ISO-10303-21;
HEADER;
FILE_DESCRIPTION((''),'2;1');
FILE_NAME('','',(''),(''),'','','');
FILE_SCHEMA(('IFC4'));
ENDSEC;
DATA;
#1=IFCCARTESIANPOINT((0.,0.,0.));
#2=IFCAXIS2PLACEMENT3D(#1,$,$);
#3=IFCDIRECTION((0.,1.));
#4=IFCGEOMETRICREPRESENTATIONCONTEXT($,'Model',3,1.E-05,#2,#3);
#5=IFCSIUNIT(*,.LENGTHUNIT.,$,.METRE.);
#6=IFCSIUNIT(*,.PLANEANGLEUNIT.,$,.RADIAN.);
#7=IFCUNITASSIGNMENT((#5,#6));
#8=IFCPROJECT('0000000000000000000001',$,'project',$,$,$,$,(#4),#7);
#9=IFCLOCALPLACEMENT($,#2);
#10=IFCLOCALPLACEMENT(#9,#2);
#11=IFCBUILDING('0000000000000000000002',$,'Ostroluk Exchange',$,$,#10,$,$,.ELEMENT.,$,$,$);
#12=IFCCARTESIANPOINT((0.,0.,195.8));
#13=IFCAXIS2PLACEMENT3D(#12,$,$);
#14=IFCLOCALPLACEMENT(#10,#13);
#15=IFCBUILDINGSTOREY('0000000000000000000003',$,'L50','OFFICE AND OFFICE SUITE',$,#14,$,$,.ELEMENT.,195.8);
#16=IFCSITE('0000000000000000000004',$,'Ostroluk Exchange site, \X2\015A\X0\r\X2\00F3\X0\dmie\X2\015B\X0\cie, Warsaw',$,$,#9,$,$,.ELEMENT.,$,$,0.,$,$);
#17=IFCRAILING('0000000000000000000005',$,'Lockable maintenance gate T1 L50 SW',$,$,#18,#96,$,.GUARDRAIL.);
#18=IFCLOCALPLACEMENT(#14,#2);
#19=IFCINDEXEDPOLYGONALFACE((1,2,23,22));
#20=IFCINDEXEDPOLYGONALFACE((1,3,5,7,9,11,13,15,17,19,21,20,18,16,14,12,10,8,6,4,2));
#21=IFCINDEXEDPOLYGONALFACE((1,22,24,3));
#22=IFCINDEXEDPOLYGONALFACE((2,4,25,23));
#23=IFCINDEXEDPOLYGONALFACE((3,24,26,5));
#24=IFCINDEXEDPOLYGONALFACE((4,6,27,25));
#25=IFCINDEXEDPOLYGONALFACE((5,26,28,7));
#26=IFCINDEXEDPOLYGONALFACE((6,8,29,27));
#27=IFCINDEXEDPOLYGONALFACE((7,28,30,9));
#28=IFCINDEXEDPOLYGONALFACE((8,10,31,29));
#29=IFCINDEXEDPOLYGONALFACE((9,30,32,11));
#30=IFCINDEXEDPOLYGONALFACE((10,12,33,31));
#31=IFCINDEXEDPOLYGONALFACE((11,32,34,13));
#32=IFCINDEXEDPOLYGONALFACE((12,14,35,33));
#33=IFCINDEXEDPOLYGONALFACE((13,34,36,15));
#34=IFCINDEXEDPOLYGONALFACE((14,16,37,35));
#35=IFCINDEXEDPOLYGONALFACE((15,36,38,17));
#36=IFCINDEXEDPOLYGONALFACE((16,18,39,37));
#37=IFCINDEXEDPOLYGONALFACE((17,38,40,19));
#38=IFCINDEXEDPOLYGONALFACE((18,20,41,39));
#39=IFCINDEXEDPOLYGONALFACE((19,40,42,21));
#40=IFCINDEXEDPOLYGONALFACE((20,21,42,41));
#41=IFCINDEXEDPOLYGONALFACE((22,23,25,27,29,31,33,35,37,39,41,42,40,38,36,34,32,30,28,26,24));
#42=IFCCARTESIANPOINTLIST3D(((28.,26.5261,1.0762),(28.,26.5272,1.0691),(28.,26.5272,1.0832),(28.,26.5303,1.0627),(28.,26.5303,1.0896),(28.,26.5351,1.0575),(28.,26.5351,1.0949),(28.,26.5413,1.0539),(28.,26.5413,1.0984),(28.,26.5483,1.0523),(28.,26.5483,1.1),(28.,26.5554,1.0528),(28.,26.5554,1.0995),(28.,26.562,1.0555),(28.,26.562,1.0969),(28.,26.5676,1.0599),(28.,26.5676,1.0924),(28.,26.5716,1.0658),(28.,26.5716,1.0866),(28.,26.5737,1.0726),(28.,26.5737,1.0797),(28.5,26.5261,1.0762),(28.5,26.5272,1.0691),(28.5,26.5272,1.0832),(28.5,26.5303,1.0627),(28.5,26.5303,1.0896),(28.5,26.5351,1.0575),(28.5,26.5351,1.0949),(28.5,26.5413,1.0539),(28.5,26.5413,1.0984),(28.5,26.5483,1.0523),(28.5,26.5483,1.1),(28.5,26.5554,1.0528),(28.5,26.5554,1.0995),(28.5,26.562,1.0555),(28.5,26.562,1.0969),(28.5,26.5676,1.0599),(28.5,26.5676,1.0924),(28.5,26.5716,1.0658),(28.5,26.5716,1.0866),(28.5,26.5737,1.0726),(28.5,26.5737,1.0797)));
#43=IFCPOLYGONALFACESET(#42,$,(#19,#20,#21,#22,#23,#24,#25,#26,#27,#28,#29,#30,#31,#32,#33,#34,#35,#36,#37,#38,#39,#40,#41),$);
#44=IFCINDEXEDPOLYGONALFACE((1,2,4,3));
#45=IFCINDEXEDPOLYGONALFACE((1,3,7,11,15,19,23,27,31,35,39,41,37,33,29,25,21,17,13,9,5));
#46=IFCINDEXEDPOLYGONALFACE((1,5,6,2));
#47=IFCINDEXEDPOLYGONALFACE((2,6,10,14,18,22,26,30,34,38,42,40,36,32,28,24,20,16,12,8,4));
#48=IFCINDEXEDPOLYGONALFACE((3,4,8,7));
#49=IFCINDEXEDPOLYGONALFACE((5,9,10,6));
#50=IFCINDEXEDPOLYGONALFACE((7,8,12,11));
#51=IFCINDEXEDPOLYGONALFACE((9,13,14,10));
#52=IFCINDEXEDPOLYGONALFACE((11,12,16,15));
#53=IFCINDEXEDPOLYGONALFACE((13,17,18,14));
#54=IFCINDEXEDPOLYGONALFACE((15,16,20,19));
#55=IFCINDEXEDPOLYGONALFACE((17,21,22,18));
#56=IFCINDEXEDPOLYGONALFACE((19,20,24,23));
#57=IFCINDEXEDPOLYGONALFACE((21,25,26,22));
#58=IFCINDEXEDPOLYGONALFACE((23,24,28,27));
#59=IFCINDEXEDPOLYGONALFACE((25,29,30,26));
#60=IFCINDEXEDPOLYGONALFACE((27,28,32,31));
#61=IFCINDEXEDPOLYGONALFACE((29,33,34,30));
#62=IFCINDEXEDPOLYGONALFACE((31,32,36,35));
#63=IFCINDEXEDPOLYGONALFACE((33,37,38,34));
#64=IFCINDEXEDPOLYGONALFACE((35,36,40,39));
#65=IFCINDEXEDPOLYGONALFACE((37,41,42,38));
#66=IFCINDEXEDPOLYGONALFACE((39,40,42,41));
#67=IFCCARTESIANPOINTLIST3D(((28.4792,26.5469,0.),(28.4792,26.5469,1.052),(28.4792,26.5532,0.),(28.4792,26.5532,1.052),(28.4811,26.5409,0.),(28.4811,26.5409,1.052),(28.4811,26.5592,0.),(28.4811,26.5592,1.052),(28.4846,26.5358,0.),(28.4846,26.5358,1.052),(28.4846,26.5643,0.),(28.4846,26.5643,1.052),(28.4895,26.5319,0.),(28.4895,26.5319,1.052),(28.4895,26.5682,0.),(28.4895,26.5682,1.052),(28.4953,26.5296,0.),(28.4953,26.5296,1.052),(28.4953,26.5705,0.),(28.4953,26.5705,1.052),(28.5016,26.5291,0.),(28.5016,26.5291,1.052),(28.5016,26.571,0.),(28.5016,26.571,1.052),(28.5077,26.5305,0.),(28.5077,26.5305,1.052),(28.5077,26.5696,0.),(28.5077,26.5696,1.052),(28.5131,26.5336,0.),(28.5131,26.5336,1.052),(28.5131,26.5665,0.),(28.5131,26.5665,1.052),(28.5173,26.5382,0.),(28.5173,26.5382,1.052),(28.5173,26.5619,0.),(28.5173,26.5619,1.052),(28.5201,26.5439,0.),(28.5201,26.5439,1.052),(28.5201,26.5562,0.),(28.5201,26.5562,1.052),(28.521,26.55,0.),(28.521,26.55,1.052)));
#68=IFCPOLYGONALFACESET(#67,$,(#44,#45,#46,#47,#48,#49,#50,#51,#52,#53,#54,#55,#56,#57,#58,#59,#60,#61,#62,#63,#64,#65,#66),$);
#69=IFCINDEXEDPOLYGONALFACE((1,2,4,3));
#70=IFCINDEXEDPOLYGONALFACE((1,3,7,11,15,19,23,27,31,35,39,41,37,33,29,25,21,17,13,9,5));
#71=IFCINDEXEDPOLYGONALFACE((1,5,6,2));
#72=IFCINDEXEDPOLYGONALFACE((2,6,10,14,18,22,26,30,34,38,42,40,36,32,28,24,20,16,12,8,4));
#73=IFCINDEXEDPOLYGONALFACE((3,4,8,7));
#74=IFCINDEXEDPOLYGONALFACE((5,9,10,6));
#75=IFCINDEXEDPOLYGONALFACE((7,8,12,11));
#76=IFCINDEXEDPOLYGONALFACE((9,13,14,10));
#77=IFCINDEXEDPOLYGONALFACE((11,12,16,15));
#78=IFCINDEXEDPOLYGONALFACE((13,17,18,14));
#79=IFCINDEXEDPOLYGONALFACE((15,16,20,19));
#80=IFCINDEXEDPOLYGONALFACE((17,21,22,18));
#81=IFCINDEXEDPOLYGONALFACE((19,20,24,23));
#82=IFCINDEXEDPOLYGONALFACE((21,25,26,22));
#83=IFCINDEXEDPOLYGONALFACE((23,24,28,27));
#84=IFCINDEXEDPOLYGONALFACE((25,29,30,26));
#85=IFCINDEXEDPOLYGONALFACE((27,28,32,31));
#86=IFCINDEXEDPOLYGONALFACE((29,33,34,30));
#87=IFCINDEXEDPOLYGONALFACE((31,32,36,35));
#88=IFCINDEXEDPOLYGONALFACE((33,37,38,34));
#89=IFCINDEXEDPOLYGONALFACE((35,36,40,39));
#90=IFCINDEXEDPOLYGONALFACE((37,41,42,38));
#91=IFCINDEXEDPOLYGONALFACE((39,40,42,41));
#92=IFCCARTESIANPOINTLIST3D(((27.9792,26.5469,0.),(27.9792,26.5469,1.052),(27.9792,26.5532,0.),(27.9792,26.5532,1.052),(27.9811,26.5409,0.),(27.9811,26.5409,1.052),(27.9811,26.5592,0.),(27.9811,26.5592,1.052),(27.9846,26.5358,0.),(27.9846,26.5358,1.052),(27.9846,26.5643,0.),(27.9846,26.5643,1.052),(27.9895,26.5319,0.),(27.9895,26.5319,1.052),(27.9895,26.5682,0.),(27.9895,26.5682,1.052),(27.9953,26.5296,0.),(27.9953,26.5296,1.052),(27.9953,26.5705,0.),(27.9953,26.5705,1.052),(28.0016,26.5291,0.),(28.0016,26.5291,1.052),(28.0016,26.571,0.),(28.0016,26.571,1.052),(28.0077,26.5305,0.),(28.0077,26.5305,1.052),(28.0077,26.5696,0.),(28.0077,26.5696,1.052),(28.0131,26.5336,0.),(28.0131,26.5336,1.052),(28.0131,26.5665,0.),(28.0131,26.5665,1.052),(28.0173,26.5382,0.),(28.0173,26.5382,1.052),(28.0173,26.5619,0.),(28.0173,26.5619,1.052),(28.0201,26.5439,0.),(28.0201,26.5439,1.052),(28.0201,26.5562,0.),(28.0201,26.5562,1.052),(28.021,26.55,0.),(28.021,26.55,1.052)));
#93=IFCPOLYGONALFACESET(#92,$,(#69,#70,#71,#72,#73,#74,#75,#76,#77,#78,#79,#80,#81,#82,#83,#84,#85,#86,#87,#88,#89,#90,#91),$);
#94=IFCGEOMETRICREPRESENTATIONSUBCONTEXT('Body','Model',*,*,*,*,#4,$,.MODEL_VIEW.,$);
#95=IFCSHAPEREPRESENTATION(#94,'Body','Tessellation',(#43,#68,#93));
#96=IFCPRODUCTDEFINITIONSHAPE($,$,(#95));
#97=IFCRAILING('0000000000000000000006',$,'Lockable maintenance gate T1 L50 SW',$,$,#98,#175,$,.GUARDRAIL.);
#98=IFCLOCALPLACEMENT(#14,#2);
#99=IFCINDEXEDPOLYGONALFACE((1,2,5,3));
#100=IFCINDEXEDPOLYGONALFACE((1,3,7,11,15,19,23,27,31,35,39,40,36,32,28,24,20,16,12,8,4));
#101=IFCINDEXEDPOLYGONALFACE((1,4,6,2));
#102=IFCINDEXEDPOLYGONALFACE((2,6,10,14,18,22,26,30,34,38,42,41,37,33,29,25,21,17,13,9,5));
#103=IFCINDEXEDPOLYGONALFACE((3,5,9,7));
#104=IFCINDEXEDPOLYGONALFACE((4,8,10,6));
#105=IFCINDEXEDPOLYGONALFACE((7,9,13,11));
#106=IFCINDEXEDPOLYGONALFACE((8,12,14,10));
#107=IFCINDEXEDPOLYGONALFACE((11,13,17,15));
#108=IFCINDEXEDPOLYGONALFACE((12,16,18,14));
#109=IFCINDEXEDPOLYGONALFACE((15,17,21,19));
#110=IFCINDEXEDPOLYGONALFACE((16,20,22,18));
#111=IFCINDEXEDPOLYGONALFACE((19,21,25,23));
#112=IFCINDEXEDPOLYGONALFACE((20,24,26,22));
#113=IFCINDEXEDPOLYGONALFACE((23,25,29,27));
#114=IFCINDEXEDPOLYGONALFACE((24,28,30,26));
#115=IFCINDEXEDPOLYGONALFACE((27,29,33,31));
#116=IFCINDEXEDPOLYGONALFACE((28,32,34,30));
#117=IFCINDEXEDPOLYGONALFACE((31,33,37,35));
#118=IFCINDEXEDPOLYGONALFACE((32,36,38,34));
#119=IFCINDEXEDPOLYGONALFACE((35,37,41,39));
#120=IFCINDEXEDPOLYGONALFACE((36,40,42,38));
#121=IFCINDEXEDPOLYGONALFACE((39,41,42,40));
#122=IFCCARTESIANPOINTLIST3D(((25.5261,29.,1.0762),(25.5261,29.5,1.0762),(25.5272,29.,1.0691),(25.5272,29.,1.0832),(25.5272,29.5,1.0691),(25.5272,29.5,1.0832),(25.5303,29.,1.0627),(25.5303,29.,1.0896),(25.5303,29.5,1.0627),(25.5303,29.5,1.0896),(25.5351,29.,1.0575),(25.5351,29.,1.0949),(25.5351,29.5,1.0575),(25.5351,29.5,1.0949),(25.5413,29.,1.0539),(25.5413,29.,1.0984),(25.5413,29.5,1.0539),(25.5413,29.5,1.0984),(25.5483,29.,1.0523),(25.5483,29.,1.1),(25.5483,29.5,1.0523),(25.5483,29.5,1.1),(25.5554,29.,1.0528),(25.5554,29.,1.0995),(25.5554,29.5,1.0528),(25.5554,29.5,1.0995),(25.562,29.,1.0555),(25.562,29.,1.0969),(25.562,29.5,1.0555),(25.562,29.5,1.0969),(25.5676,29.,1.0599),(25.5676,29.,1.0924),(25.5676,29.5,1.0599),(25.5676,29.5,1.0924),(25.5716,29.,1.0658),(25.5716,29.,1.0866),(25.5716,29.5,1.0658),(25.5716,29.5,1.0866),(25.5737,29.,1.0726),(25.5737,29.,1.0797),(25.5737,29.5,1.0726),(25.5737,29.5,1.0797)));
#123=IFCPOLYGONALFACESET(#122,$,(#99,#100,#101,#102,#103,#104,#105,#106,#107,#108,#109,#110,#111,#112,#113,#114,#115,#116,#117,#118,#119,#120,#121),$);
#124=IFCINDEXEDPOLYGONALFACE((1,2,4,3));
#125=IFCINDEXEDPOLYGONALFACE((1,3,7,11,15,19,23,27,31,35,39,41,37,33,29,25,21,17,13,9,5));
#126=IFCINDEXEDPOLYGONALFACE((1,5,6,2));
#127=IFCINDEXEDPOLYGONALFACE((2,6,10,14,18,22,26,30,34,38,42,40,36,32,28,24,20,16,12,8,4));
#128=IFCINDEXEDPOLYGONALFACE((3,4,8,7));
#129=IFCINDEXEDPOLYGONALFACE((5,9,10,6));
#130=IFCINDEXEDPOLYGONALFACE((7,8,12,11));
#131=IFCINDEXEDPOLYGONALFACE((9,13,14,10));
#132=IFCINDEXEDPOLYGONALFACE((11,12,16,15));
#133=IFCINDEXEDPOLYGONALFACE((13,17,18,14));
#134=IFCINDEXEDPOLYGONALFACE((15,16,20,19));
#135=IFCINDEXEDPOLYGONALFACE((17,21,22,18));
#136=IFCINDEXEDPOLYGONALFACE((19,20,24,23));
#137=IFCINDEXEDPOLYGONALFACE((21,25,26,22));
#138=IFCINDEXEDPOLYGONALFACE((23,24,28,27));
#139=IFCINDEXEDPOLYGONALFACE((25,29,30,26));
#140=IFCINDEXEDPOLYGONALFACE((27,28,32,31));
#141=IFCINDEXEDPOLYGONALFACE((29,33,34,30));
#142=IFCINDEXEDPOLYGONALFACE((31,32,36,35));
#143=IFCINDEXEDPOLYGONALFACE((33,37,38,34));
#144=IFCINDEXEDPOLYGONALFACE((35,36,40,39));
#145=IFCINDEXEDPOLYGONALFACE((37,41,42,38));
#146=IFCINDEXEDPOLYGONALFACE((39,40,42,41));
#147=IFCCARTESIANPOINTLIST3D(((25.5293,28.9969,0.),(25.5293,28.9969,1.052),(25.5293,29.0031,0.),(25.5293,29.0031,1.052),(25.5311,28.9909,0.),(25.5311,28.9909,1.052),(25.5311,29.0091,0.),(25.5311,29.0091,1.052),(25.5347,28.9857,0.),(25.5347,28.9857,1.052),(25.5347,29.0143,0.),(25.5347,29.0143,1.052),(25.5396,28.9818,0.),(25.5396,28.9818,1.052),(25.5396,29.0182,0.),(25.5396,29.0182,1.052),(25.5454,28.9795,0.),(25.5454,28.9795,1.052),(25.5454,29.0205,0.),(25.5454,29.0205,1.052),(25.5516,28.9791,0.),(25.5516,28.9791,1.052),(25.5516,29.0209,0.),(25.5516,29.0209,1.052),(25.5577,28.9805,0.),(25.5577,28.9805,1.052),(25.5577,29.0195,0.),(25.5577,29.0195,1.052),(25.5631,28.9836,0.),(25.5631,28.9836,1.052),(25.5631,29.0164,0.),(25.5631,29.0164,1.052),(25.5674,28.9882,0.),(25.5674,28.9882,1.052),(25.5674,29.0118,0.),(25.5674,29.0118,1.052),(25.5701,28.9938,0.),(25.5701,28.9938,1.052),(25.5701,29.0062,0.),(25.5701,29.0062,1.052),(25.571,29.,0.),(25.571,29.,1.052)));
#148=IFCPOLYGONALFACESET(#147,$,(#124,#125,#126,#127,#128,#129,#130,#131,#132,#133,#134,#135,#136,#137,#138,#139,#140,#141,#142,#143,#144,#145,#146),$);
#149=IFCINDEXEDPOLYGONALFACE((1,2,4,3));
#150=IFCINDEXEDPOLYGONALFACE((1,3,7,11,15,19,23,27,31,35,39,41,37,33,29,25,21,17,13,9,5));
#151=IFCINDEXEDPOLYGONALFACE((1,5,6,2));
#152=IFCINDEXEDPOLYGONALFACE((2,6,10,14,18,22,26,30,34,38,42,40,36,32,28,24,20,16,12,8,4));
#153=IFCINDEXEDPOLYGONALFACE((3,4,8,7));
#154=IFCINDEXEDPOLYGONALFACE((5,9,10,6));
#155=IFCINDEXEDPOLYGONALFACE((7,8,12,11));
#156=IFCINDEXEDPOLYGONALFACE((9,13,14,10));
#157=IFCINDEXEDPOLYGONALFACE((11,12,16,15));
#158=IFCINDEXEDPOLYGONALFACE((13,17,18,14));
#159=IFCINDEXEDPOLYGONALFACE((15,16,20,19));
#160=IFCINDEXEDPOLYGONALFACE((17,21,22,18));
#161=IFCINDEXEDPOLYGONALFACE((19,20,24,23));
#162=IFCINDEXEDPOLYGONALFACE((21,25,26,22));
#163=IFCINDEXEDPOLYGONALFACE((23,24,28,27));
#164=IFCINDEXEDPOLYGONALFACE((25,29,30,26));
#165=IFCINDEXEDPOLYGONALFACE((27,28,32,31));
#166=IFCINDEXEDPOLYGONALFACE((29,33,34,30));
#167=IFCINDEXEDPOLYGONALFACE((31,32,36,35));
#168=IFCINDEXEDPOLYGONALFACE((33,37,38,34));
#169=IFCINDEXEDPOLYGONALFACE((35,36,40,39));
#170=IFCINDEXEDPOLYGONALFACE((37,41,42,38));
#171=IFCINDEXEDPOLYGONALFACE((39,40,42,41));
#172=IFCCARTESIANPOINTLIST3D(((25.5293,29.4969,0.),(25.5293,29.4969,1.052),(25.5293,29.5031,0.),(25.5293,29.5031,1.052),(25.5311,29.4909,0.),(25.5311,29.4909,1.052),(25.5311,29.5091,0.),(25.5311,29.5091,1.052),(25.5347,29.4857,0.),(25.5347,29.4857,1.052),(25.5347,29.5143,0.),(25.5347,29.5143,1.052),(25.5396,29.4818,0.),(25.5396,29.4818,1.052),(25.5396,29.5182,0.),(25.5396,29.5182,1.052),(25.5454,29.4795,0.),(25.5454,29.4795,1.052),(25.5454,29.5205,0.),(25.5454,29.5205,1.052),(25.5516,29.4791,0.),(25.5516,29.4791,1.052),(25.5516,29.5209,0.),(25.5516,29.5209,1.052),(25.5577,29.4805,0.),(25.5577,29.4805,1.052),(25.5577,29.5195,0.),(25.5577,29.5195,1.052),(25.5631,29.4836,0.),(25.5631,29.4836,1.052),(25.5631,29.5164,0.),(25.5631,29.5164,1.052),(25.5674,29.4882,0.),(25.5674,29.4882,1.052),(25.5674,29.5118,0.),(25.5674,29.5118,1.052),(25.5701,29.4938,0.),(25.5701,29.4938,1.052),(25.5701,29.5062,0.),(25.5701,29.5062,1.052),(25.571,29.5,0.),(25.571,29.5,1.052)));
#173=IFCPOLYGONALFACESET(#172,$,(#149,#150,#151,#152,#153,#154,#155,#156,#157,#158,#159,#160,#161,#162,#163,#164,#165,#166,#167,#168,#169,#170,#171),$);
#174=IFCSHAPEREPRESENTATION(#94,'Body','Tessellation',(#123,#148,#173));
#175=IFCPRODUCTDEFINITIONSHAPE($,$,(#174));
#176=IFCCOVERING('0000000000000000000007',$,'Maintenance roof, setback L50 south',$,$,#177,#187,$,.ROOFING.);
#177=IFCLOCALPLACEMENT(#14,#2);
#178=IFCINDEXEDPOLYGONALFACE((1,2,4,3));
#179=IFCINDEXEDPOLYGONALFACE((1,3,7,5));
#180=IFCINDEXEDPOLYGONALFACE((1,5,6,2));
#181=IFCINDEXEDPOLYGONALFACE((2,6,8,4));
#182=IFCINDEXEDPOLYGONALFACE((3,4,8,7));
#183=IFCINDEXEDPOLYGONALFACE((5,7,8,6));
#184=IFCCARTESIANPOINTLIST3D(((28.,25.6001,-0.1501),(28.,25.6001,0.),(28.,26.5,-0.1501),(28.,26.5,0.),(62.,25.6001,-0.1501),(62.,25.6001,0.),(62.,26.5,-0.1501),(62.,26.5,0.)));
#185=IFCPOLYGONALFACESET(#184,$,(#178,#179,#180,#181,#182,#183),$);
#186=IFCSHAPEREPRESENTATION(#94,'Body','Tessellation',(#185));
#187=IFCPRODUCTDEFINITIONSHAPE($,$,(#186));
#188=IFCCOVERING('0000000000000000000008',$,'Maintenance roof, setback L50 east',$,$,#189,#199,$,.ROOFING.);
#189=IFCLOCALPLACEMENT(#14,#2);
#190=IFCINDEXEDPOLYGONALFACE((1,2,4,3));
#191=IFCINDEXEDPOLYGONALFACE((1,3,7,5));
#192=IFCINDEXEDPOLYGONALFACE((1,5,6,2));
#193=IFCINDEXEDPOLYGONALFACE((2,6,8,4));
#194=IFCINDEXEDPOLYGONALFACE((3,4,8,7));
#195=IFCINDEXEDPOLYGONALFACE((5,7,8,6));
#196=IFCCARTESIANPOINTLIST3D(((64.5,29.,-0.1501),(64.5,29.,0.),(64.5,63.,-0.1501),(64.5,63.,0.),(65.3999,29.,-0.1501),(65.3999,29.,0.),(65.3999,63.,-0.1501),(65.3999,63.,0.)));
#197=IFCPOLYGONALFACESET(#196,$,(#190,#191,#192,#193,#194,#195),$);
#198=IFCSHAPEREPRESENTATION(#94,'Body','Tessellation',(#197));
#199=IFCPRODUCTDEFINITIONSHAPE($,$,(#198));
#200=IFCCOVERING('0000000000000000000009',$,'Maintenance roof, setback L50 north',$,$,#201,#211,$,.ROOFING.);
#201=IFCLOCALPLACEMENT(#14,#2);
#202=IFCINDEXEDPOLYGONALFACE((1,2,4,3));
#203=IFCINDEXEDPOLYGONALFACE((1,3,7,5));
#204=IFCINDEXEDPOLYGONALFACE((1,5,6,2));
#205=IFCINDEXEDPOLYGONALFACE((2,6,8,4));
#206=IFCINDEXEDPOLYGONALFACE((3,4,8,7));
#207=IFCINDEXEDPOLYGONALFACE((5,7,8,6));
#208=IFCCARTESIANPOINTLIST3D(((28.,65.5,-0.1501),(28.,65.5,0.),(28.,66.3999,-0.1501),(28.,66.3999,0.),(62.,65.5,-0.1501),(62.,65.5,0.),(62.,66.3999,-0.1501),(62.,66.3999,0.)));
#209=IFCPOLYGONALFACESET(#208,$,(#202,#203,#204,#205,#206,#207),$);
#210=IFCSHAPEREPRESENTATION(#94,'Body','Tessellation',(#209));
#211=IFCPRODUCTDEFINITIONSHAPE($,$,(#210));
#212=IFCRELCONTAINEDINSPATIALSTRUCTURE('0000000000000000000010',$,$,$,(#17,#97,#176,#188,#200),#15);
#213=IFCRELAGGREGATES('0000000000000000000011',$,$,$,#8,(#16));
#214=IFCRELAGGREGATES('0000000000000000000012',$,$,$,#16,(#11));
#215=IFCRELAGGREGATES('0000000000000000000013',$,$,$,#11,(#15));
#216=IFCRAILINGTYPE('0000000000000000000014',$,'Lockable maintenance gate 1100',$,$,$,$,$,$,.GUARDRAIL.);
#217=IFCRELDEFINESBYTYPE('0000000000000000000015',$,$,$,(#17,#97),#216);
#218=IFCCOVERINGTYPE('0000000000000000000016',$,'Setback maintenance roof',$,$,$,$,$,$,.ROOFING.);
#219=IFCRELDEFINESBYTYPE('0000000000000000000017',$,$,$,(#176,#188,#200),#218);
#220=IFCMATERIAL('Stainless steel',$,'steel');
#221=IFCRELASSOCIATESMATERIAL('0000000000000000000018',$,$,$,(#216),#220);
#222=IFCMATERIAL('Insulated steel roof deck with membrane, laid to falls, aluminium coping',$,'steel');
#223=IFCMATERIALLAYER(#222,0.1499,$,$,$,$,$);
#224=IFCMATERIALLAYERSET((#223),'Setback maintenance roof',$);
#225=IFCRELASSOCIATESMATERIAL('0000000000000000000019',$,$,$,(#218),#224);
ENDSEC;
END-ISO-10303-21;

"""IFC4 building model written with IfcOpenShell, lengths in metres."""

from ifc_helpers import new_model, si_unit, direction, frame, origin, origin_2d, place, context, subcontext, project, spatial, polyline, circle, outline, extrude, material, layer, layer_set, type_object, element, save


model = new_model("IFC4")

# Units and contexts
model_context = context("Model", 3, precision=1e-05, world=origin(), true_north=direction((0.0, 1.0)))
body_context = subcontext(model_context, "Body", "Model", "MODEL_VIEW")
ifc_project = project(units=[si_unit("LENGTHUNIT", "METRE"), si_unit("PLANEANGLEUNIT", "RADIAN")], contexts=[model_context])

# Site, building, storey
site_placement = place(None, origin())
site = spatial("IfcSite", under=ifc_project, at=site_placement, Name="Ostroluk Exchange site, Śródmieście, Warsaw", CompositionType="ELEMENT", RefElevation=0.0)
building_placement = place(site_placement, origin())
building = spatial("IfcBuilding", under=site, at=building_placement, Name="Ostroluk Exchange", CompositionType="ELEMENT")
storey_placement = place(building_placement, frame((0.0, 0.0, 195.8)))
storey = spatial("IfcBuildingStorey", under=building, at=storey_placement, Name="L50", Description="OFFICE AND OFFICE SUITE", CompositionType="ELEMENT", Elevation=195.8)

# Railings
ifc_material_1 = material(Name="Stainless steel", Category="steel")
railing_type_1 = type_object("IfcRailingType", Name="Lockable maintenance gate 1100", PredefinedType="GUARDRAIL", material=ifc_material_1)
railing_1_placement = place(storey_placement, frame((28.5, 26.55, 0.0)))
element("IfcRailing", 1, at=railing_1_placement, inside=storey, type_object=railing_type_1, Name="Lockable maintenance gate T1 L50 SW", PredefinedType="GUARDRAIL", context=body_context, shape_type="SweptSolid", body=[
    extrude(circle(Radius=0.0239, at=origin_2d()), frame((0.0, 0.0, 1.0762), z_axis=(-1.0, 0.0, 0.0), x_axis=(0.0, -1.0, 0.0)), (0.0, 0.0, 1.0), 0.5),
    extrude(circle(Radius=0.021, at=origin_2d()), origin(), (0.0, 0.0, 1.0), 1.052),
    extrude(circle(Radius=0.021, at=origin_2d()), frame((-0.5, 0.0, 0.0)), (0.0, 0.0, 1.0), 1.052),
])
railing_2_placement = place(storey_placement, frame((25.55, 29.0, 0.0)))
element("IfcRailing", 2, at=railing_2_placement, inside=storey, type_object=railing_type_1, Name="Lockable maintenance gate T1 L50 SW", PredefinedType="GUARDRAIL", context=body_context, shape_type="SweptSolid", body=[
    extrude(circle(Radius=0.0239, at=origin_2d()), frame((0.0, 0.0, 1.0762), z_axis=(0.0, 1.0, 0.0), x_axis=(-1.0, 0.0, 0.0)), (0.0, 0.0, 1.0), 0.5),
    extrude(circle(Radius=0.021, at=origin_2d()), origin(), (0.0, 0.0, 1.0), 1.052),
    extrude(circle(Radius=0.021, at=origin_2d()), frame((0.0, 0.5, 0.0)), (0.0, 0.0, 1.0), 1.052),
])

# Coverings
ifc_material_2 = material(Name="Insulated steel roof deck with membrane, laid to falls, aluminium coping", Category="steel")
ifc_layer_1 = layer(ifc_material_2, 0.1499)
ifc_layer_set_1 = layer_set([ifc_layer_1], Name="Setback maintenance roof")
covering_type = type_object("IfcCoveringType", Name="Setback maintenance roof", PredefinedType="ROOFING", material=ifc_layer_set_1)
covering_1_placement = place(storey_placement, frame((0.0, 0.0, -0.1501)))
element("IfcCovering", 3, at=covering_1_placement, inside=storey, type_object=covering_type, Name="Maintenance roof, setback L50 south", PredefinedType="ROOFING", context=body_context, shape_type="SweptSolid", body=[
    extrude(outline(polyline([(28.0, 26.5), (62.0, 26.5), (62.0, 25.6001), (28.0, 25.6001), (28.0, 26.5)])), origin(), (0.0, 0.0, 1.0), 0.1501),
])
covering_2_placement = place(storey_placement, frame((0.0, 0.0, -0.1501)))
element("IfcCovering", 4, at=covering_2_placement, inside=storey, type_object=covering_type, Name="Maintenance roof, setback L50 east", PredefinedType="ROOFING", context=body_context, shape_type="SweptSolid", body=[
    extrude(outline(polyline([(64.5, 63.0), (65.3999, 63.0), (65.3999, 29.0), (64.5, 29.0), (64.5, 63.0)])), origin(), (0.0, 0.0, 1.0), 0.1501),
])
covering_3_placement = place(storey_placement, frame((0.0, 0.0, -0.1501)))
element("IfcCovering", 5, at=covering_3_placement, inside=storey, type_object=covering_type, Name="Maintenance roof, setback L50 north", PredefinedType="ROOFING", context=body_context, shape_type="SweptSolid", body=[
    extrude(outline(polyline([(28.0, 66.3999), (62.0, 66.3999), (62.0, 65.5), (28.0, 65.5), (28.0, 66.3999)])), origin(), (0.0, 0.0, 1.0), 0.1501),
])

save(model, "model.ifc")
